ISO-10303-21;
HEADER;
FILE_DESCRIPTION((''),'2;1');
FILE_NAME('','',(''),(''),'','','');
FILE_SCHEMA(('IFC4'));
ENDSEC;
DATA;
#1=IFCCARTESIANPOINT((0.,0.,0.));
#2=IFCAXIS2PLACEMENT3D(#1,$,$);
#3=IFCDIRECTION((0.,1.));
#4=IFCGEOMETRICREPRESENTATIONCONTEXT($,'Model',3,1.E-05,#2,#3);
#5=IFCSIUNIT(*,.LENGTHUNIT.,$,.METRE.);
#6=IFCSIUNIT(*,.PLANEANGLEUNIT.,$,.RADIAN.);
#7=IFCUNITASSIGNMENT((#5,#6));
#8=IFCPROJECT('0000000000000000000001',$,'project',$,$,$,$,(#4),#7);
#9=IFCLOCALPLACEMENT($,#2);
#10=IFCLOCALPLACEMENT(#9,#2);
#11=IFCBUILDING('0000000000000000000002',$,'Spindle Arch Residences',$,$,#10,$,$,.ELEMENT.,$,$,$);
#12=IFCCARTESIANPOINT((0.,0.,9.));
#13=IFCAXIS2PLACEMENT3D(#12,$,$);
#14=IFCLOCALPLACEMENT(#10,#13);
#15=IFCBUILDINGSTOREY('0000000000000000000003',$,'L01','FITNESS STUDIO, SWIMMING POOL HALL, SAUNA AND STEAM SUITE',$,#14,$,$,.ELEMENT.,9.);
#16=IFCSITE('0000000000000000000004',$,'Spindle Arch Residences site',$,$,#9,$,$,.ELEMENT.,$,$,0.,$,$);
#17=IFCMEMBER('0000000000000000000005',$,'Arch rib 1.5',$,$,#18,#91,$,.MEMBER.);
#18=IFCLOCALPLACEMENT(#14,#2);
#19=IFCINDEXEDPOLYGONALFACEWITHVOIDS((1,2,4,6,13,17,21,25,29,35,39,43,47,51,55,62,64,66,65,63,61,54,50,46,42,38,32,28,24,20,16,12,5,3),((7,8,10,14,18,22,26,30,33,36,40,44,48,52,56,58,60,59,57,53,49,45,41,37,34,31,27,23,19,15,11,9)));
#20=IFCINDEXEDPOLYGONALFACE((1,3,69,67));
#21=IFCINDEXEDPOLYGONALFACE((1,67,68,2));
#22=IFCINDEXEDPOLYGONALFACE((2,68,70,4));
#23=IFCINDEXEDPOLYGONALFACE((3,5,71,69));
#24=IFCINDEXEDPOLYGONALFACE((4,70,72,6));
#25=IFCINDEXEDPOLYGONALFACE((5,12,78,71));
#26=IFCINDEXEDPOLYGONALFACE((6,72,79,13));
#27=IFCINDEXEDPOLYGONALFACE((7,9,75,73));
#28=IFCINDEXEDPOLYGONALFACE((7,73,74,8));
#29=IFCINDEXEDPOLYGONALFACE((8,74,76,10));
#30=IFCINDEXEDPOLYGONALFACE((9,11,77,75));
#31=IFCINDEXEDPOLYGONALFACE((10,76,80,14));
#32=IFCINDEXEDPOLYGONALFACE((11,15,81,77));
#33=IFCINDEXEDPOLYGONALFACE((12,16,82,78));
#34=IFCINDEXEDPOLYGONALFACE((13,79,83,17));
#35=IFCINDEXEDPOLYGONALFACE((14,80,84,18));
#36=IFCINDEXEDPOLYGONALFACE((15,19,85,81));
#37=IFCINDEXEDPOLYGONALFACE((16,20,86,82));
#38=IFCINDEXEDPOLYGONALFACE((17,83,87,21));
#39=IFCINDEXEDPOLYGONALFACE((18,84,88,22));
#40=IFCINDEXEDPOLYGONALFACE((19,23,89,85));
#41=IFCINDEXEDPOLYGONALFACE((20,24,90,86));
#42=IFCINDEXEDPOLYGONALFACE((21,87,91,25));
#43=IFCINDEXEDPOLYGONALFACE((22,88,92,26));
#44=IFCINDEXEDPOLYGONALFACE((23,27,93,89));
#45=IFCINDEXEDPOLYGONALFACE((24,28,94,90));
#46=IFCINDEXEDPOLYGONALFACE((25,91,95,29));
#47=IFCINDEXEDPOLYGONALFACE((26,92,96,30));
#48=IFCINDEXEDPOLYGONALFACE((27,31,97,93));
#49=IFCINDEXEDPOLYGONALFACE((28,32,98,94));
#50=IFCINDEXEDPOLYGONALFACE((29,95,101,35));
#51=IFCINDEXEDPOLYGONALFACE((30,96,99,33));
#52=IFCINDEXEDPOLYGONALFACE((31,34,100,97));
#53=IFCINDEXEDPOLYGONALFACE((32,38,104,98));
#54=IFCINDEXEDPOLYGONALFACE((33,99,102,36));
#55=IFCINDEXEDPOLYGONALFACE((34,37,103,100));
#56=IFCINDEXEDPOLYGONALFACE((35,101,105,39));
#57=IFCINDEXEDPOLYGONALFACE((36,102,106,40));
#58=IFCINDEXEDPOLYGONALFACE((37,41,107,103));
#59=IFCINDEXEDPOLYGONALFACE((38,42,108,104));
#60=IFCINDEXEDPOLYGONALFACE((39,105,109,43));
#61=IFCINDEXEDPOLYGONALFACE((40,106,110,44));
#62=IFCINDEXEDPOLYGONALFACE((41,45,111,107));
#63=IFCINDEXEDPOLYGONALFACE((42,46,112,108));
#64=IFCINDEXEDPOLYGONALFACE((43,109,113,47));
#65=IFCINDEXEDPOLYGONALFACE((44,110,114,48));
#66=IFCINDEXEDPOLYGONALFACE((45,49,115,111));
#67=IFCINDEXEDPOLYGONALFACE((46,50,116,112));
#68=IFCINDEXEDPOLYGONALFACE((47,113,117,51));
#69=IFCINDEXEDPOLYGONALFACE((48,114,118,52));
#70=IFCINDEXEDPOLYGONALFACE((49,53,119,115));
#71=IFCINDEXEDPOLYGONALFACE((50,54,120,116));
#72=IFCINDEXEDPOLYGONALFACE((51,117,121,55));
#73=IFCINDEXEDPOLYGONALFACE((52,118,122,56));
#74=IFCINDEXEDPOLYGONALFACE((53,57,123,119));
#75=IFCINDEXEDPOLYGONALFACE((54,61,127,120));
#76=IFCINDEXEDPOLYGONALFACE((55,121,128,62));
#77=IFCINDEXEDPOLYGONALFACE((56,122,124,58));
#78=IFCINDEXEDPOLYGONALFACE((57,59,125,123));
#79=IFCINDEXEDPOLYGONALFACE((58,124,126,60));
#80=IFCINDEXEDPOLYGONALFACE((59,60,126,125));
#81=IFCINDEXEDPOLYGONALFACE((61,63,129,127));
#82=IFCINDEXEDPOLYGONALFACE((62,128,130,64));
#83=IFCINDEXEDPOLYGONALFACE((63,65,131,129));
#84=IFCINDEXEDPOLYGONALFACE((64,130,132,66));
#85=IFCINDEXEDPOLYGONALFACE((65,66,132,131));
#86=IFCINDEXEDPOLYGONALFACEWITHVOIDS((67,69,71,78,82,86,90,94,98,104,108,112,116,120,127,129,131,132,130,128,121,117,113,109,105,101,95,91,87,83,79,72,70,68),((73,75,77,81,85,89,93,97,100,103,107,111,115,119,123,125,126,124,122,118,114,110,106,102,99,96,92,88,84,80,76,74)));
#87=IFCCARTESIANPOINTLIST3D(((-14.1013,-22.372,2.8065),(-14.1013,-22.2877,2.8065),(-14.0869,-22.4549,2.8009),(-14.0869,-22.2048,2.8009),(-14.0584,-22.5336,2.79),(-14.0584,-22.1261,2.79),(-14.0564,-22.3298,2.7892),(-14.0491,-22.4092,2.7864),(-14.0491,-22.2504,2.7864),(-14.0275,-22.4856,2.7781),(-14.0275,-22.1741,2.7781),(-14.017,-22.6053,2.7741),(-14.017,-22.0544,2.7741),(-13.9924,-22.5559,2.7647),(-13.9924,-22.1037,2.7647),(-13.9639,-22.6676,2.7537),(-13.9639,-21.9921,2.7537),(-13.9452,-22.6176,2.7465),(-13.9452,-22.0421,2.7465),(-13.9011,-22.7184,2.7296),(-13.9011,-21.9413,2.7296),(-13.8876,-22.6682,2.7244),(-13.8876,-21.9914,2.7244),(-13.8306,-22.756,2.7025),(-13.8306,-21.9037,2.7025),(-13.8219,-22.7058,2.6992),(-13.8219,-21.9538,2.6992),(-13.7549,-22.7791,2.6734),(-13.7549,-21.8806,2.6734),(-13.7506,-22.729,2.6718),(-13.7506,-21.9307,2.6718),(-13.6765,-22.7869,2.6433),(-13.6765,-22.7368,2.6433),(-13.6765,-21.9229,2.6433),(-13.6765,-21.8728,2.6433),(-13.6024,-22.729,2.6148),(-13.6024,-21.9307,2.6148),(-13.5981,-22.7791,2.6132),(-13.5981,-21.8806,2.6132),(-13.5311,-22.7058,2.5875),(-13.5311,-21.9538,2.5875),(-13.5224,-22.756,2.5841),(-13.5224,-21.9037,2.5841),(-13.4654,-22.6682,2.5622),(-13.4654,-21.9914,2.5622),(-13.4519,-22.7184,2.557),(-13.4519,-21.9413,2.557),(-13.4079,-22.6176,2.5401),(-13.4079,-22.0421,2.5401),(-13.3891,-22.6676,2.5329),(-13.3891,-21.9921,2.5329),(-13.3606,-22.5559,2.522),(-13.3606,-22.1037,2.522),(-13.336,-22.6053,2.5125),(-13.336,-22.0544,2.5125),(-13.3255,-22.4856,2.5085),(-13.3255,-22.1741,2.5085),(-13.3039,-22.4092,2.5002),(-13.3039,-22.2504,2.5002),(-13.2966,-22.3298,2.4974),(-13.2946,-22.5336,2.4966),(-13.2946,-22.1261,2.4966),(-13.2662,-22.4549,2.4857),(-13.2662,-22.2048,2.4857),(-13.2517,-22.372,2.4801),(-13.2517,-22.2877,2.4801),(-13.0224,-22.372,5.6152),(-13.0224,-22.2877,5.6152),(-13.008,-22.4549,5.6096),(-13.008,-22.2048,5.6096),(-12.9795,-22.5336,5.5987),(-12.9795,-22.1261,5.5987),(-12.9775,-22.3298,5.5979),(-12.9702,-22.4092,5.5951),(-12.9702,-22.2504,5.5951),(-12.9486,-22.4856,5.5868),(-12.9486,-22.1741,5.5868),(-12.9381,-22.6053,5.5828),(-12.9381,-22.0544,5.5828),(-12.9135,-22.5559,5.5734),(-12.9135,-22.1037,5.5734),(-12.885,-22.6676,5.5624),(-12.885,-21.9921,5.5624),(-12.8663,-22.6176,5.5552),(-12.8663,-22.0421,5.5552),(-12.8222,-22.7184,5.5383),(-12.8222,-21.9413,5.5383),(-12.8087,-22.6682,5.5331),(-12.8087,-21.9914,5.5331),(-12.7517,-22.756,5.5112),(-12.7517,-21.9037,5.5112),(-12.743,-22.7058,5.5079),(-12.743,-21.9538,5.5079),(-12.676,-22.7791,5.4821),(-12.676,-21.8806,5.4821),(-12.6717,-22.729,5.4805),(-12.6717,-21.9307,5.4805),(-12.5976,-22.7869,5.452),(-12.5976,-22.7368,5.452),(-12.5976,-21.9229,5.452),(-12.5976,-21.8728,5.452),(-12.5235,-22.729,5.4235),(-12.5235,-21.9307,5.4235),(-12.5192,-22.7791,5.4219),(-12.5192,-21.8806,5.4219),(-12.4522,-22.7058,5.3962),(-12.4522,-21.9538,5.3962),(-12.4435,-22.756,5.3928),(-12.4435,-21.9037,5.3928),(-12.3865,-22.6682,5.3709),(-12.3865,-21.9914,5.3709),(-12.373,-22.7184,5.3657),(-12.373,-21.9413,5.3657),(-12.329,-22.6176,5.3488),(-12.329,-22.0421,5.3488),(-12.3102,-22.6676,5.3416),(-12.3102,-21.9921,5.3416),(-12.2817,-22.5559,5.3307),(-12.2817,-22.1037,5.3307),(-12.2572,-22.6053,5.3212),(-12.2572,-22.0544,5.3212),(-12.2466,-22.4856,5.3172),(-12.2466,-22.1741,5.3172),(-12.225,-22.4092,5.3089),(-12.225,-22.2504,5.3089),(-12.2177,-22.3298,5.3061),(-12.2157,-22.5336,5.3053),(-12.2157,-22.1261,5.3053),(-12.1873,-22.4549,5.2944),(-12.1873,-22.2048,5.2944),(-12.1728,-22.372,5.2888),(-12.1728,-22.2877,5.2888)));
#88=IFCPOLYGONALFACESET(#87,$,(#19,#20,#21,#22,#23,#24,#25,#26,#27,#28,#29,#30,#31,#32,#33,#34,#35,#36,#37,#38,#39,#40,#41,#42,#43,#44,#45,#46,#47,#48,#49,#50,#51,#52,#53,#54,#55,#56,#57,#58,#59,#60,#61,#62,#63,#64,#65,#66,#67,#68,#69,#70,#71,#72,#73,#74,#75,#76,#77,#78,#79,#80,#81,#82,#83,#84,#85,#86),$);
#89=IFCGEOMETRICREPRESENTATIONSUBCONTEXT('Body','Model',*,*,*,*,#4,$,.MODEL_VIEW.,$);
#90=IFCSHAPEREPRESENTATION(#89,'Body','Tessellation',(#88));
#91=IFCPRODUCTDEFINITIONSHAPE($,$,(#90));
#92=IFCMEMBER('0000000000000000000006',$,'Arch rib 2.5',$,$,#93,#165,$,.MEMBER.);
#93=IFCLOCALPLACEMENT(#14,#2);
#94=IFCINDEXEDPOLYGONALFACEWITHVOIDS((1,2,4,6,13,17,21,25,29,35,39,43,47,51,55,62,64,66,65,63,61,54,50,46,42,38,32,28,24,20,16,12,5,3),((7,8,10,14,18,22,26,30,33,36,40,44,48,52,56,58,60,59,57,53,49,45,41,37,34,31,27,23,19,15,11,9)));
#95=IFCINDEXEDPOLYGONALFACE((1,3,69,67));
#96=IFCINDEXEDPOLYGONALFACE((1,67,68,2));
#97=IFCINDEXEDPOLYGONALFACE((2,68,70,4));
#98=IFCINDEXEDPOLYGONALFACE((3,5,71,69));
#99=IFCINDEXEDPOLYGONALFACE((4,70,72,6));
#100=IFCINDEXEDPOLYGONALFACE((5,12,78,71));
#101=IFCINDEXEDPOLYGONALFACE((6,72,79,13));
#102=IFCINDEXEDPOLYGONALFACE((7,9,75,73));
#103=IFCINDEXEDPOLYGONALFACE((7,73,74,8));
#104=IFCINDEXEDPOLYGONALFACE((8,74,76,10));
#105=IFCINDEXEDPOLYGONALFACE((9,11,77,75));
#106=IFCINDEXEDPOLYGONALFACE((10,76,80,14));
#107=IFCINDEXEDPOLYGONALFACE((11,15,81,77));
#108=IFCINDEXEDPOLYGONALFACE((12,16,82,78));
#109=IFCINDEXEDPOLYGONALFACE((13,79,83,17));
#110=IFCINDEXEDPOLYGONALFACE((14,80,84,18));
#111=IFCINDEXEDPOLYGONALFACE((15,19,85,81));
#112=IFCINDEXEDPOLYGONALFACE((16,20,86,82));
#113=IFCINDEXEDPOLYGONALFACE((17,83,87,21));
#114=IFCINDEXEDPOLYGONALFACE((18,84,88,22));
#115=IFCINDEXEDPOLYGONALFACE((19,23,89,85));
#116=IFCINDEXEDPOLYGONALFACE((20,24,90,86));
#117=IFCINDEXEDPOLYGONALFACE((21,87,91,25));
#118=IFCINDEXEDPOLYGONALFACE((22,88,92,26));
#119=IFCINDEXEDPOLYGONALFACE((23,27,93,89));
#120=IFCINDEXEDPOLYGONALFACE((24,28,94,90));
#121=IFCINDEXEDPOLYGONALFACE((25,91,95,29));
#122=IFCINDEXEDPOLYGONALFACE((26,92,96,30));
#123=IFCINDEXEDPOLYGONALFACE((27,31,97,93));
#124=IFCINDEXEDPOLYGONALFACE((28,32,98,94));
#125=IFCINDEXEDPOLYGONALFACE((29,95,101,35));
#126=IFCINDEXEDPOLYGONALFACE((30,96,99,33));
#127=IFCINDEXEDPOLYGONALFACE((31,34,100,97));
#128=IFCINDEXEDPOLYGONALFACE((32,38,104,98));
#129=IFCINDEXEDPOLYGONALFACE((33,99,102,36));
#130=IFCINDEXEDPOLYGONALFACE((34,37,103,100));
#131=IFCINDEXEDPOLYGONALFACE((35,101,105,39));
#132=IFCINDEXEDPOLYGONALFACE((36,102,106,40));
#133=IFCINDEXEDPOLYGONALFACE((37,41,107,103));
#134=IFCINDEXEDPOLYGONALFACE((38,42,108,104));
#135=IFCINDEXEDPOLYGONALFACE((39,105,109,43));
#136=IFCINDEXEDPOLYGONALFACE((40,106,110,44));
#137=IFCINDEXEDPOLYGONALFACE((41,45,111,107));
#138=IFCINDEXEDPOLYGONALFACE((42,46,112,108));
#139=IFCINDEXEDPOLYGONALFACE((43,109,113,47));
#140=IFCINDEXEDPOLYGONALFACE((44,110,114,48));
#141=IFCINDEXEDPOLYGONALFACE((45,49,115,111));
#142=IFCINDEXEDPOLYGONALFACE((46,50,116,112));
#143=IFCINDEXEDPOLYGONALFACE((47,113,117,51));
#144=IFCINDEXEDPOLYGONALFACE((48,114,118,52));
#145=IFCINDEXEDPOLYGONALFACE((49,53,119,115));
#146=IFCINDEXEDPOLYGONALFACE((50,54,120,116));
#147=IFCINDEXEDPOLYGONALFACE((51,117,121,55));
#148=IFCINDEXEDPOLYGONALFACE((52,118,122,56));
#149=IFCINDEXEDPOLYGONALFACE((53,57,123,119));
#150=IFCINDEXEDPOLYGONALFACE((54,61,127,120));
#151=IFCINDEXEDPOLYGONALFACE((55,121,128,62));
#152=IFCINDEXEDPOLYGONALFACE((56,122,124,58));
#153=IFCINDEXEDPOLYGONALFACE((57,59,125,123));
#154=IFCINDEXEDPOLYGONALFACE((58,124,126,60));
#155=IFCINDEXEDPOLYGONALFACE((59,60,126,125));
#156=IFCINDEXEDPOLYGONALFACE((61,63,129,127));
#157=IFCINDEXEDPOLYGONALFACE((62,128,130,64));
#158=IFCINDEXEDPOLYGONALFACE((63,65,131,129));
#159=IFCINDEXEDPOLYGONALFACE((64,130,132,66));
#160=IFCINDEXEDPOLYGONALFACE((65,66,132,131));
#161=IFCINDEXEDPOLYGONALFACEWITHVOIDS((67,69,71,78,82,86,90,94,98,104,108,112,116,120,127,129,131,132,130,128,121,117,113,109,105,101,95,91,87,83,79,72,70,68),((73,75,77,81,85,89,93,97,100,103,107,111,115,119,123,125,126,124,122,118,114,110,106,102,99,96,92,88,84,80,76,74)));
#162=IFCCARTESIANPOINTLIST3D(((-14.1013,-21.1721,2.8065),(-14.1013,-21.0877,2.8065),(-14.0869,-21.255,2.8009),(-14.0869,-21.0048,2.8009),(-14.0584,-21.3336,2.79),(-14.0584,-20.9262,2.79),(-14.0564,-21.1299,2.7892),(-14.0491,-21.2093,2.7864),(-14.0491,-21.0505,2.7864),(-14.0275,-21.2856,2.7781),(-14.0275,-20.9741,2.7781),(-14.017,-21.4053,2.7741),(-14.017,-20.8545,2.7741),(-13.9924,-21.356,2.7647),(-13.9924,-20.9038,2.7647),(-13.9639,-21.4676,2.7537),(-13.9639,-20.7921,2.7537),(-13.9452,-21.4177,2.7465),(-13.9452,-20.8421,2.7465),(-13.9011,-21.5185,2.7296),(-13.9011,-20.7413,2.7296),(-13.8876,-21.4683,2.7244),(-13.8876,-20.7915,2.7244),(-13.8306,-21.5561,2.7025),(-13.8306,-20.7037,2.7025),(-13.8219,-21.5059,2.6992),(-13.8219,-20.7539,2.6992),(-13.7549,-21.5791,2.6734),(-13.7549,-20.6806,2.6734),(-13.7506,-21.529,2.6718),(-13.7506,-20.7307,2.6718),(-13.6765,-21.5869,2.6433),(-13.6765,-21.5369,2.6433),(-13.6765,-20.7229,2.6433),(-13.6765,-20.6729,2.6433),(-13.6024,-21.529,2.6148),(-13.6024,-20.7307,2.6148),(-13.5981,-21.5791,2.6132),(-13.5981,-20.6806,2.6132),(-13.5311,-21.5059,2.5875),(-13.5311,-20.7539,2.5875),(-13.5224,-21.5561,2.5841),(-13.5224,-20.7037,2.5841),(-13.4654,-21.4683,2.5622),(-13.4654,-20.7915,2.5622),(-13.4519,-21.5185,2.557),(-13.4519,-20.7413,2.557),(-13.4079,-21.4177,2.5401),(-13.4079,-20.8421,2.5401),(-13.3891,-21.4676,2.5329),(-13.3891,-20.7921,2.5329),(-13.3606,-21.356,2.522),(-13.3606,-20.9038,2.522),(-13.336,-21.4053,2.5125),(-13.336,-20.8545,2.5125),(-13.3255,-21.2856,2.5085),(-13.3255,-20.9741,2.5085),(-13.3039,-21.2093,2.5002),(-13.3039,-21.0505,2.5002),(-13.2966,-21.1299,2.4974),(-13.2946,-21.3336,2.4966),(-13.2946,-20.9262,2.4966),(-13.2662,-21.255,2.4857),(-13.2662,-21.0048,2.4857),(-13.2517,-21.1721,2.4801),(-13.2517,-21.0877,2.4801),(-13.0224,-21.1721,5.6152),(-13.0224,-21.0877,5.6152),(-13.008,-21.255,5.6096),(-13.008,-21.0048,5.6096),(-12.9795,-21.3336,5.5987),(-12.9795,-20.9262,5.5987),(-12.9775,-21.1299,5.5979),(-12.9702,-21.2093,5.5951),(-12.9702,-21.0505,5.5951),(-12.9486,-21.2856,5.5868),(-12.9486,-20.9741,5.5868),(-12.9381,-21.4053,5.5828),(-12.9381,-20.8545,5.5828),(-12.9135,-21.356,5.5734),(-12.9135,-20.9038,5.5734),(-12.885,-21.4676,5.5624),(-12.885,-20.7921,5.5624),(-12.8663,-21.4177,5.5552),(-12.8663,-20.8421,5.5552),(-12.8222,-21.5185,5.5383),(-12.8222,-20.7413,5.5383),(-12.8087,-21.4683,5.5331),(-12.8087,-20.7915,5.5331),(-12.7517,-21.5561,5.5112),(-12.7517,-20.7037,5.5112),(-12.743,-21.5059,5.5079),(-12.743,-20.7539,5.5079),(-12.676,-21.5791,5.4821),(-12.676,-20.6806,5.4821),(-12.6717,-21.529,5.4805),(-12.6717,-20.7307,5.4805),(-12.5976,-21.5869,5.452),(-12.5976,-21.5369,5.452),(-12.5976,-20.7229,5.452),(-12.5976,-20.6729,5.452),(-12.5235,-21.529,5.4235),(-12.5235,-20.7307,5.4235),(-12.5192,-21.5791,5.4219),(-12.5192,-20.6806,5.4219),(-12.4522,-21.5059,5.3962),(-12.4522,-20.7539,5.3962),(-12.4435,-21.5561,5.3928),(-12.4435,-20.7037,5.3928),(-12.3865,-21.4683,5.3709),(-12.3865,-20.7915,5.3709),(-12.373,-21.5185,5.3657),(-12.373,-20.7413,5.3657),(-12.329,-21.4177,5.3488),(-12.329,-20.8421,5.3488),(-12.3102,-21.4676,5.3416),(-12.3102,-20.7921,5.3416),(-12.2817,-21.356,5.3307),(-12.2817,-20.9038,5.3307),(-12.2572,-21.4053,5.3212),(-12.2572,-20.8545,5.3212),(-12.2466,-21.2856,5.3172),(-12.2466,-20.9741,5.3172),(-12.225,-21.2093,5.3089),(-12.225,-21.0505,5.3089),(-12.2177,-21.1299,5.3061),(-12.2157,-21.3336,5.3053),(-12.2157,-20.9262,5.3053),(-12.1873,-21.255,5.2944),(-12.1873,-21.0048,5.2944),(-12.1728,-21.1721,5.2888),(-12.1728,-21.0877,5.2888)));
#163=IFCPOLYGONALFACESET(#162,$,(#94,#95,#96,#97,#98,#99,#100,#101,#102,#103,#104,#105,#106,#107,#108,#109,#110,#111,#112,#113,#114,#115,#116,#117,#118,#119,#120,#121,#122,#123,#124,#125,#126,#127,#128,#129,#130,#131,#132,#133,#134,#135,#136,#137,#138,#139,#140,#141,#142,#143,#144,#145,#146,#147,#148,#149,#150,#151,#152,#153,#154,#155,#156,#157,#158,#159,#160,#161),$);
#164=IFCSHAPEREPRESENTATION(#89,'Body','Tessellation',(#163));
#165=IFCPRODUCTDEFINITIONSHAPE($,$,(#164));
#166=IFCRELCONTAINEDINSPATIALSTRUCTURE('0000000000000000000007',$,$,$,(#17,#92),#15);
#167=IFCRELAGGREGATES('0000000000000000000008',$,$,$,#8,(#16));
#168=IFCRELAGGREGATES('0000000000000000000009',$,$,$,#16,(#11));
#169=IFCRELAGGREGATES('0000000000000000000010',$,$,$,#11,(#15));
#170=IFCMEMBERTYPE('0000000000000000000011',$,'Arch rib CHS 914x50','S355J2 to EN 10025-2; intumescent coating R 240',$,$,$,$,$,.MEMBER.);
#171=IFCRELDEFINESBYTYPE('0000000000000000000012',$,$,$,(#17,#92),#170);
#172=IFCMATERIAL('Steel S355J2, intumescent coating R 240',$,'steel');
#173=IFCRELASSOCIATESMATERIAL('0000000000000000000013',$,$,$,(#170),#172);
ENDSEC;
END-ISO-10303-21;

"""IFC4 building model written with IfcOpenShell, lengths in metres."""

from ifc_helpers import new_model, si_unit, direction, frame, origin, origin_2d, place, context, subcontext, project, spatial, hollow_circle, extrude, material, material_profile, profile_set, type_object, element, save


model = new_model("IFC4")

# Units and contexts
model_context = context("Model", 3, precision=1e-05, world=origin(), true_north=direction((0.0, 1.0)))
body_context = subcontext(model_context, "Body", "Model", "MODEL_VIEW")
ifc_project = project(units=[si_unit("LENGTHUNIT", "METRE"), si_unit("PLANEANGLEUNIT", "RADIAN")], contexts=[model_context])

# Site, building, storey
site_placement = place(None, origin())
site = spatial("IfcSite", under=ifc_project, at=site_placement, Name="Spindle Arch Residences site", CompositionType="ELEMENT", RefElevation=0.0)
building_placement = place(site_placement, origin())
building = spatial("IfcBuilding", under=site, at=building_placement, Name="Spindle Arch Residences", CompositionType="ELEMENT")
storey_placement = place(building_placement, frame((0.0, 0.0, 9.0)))
storey = spatial("IfcBuildingStorey", under=building, at=storey_placement, Name="L01", Description="FITNESS STUDIO, SWIMMING POOL HALL, SAUNA AND STEAM SUITE", CompositionType="ELEMENT", Elevation=9.0)

# Members
ifc_material_1 = material(Name="Steel S355J2, intumescent coating R 240", Category="steel")
ifc_material_profile_1 = material_profile(ifc_material_1, hollow_circle(Radius=0.457, WallThickness=0.05, at=origin_2d()), Name="CHS 914x50")
ifc_profile_set_1 = profile_set([ifc_material_profile_1], Name="Steel S355J2, intumescent coating R 240")
member_type_1 = type_object("IfcMemberType", Name="Arch rib CHS 914x50", Description="S355J2 to EN 10025-2; intumescent coating R 240", PredefinedType="MEMBER", material=ifc_profile_set_1)
for number, where, z_axis, x_axis, name in (
    (1, (-13.6765, -22.3298, 2.6433), (0.358582, 0.0, 0.933498), (0.0, 1.0, 0.0), "Arch rib 1.5"),
    (2, (-13.6765, -21.1299, 2.6433), (0.358582, 0.0, 0.933498), (0.0, 1.0, 0.0), "Arch rib 2.5"),
):
    element("IfcMember", number, at=place(storey_placement, frame(where, z_axis=z_axis, x_axis=x_axis)), inside=storey, type_object=member_type_1, Name=name, PredefinedType="MEMBER", context=body_context, shape_type="SweptSolid", body=[
        extrude(hollow_circle(Radius=0.457, WallThickness=0.05, at=origin_2d()), origin(), (0.0, 0.0, 1.0), 3.0088),
    ])

save(model, "model.ifc")
